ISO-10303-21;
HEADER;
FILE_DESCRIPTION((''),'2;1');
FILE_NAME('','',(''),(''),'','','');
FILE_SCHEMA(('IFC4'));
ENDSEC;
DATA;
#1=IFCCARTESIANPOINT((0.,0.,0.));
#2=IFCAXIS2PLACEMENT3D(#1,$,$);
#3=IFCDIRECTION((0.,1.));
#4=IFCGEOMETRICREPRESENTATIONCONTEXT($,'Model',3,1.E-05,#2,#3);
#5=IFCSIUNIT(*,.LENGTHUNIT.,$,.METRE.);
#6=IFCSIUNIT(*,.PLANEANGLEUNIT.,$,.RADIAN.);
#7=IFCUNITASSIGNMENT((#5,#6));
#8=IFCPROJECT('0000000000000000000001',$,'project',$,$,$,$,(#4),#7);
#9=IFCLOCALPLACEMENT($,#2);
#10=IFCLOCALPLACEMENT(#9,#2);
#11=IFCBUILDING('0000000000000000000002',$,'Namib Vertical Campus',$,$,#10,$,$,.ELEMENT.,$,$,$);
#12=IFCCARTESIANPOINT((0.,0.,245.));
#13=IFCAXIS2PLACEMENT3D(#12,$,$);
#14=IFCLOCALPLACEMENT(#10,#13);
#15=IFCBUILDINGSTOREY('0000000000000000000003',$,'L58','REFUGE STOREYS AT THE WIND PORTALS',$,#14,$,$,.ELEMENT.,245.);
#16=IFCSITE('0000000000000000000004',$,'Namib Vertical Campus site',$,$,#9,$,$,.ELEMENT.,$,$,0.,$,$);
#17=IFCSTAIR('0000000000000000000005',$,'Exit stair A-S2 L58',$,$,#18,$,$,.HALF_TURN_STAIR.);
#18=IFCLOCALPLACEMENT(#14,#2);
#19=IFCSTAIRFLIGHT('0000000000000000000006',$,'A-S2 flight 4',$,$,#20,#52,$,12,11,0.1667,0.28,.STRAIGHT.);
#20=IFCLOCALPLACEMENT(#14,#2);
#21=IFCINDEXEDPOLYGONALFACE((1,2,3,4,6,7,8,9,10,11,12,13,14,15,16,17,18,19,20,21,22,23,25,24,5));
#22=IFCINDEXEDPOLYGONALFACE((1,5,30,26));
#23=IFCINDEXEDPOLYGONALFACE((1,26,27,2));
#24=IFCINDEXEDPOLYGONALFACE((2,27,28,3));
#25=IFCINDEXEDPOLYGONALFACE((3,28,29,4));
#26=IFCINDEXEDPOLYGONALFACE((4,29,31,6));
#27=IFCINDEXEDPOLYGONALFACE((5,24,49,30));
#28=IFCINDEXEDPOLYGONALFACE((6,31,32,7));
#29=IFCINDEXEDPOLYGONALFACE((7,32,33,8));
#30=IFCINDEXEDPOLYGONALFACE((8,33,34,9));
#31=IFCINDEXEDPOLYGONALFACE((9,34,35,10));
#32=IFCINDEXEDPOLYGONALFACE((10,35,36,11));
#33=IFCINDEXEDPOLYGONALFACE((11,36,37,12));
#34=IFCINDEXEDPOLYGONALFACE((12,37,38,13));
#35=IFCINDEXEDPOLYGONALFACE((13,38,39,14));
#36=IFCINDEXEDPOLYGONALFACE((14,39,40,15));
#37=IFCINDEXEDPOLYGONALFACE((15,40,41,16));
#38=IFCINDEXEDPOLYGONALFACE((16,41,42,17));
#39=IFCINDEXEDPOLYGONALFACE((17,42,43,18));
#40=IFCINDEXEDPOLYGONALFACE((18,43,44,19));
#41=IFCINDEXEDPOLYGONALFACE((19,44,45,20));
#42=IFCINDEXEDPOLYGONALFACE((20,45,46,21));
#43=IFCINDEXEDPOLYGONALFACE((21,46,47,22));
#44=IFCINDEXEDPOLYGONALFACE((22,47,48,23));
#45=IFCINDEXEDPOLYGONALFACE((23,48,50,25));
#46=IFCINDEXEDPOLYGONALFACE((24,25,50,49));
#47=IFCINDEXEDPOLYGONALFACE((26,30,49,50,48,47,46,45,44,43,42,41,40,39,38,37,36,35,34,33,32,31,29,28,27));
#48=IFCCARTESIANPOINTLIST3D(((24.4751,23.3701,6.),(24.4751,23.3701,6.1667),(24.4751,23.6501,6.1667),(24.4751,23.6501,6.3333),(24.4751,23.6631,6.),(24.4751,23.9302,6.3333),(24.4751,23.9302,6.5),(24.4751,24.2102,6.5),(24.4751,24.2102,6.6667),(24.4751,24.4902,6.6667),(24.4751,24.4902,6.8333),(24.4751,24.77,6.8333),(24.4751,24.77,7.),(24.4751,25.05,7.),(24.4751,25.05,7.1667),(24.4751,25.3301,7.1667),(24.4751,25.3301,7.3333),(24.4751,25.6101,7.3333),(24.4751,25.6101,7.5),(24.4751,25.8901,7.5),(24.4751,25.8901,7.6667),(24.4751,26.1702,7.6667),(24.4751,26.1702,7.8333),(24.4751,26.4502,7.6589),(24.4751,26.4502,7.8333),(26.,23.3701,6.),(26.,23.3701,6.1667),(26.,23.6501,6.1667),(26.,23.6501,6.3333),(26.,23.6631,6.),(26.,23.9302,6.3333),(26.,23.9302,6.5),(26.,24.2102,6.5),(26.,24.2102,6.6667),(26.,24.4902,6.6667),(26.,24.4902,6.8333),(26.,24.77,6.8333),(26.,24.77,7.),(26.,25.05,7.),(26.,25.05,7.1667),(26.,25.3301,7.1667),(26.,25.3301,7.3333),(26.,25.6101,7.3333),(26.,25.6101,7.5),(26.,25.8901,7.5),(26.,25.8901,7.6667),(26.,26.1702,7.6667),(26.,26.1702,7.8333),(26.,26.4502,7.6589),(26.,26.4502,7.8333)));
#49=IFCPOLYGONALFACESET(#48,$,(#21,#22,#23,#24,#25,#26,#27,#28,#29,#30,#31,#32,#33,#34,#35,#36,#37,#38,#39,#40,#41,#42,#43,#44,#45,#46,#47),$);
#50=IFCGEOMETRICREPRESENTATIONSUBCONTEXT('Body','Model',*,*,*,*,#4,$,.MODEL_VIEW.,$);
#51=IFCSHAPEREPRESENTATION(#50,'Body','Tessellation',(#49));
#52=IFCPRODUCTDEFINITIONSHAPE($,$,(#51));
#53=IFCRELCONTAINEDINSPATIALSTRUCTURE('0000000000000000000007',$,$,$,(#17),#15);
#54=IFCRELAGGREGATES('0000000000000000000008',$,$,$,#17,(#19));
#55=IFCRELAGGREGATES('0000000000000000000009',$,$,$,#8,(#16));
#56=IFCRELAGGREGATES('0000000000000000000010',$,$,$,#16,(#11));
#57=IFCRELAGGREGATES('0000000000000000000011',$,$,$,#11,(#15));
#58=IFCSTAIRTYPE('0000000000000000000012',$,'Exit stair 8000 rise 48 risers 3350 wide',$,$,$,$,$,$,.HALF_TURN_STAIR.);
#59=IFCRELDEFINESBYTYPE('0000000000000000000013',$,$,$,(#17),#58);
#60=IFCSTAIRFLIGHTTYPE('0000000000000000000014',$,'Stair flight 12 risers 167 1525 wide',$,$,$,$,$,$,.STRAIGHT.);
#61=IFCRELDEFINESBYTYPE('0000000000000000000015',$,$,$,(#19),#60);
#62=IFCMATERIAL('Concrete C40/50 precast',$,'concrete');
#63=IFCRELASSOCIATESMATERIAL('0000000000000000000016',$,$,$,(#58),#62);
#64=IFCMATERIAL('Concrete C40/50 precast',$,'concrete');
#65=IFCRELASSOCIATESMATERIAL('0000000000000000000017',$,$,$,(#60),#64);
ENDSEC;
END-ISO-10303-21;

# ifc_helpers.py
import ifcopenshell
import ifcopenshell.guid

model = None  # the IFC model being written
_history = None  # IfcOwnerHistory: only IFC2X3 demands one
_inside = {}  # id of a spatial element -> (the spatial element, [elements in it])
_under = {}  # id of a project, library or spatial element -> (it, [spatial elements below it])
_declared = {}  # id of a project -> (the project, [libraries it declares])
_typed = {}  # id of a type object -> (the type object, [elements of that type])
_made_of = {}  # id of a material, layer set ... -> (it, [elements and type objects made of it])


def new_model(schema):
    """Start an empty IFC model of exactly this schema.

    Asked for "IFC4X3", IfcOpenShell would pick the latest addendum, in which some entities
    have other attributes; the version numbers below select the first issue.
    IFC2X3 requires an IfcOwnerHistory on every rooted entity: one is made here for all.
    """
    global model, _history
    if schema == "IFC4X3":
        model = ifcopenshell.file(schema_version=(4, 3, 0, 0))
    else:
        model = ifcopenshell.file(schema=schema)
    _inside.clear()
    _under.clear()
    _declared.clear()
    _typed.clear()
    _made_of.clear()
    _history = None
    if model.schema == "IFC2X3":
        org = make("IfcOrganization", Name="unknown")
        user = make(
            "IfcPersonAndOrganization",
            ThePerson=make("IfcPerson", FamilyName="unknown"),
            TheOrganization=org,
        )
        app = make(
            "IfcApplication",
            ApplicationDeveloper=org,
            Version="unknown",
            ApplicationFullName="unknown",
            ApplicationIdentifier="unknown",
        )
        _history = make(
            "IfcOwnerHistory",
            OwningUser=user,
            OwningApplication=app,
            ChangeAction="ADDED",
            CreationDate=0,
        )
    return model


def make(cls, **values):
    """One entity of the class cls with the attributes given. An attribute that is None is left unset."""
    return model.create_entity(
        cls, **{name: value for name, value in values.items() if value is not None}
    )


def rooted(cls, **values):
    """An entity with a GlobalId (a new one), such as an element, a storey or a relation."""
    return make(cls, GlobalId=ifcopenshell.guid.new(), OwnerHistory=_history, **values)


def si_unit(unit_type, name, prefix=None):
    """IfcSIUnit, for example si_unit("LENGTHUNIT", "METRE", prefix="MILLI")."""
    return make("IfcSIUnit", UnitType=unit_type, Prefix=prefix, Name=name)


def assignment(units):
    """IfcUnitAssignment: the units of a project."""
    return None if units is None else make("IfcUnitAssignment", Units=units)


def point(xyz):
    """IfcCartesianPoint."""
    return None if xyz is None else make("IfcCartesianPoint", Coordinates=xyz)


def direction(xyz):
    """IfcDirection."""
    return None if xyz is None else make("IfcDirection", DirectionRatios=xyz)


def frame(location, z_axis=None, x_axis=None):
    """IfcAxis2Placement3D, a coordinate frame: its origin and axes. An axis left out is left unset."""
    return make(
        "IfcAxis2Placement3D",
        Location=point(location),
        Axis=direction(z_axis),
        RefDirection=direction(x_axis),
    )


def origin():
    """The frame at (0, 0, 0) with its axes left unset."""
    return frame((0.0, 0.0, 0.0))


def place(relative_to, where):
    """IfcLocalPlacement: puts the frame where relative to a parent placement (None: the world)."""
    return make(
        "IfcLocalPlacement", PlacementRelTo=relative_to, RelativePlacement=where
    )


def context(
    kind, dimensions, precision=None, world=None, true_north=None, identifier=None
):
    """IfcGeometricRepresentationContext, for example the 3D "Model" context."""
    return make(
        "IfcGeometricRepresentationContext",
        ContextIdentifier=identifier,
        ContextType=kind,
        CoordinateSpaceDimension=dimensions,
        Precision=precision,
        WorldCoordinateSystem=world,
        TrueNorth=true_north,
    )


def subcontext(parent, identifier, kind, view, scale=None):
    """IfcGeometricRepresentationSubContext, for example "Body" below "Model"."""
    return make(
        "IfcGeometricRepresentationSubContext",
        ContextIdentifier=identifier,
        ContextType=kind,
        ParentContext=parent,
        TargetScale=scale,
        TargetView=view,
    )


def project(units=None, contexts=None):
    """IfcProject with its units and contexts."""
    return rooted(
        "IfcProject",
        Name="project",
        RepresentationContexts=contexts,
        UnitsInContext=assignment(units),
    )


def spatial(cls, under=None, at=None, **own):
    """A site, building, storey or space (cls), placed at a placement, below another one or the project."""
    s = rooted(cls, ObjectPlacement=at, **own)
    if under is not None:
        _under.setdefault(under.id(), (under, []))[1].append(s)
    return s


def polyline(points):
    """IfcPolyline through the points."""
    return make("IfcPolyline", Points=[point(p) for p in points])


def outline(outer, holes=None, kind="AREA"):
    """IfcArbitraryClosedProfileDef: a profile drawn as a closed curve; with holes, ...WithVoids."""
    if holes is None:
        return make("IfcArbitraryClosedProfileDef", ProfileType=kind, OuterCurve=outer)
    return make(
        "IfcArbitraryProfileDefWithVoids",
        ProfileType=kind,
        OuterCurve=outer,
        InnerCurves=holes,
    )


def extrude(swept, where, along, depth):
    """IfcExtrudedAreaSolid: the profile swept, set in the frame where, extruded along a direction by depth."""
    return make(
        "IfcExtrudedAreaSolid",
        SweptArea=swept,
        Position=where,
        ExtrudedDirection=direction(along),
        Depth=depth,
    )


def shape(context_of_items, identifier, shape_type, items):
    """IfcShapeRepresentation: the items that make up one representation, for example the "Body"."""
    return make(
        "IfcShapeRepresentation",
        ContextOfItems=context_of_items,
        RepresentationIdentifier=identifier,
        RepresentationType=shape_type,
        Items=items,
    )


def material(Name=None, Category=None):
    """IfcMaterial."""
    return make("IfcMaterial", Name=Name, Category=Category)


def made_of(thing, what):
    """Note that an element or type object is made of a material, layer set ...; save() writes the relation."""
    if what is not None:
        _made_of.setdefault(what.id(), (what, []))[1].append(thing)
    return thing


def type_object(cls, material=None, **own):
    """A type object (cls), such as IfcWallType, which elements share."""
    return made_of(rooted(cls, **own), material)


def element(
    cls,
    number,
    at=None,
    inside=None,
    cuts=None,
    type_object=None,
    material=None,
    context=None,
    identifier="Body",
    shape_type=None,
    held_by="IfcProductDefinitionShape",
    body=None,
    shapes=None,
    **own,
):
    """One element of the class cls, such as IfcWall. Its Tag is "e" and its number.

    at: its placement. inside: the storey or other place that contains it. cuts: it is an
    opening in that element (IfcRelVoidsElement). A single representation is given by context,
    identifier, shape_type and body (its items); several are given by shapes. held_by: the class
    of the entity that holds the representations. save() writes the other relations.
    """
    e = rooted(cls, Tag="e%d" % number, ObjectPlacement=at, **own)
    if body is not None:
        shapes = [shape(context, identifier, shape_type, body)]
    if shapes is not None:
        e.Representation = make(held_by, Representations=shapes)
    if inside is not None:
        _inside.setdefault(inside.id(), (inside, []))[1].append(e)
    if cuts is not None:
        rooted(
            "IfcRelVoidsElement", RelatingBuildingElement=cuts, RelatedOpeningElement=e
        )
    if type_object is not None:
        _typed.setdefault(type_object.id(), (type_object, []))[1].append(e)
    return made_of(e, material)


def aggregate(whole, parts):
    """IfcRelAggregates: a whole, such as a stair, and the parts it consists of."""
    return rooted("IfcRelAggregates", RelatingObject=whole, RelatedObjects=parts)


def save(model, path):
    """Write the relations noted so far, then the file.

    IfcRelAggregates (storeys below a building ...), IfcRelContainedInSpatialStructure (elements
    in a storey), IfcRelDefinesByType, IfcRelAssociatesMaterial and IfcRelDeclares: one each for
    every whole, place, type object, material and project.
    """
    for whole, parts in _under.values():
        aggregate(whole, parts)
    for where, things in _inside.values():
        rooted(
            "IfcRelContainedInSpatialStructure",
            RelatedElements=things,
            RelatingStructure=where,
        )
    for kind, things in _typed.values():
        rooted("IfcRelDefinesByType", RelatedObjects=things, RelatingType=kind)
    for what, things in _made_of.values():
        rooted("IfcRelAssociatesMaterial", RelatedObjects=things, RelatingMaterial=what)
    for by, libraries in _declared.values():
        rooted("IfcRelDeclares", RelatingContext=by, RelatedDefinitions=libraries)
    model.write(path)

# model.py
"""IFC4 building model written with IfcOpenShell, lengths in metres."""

from ifc_helpers import new_model, si_unit, direction, frame, origin, place, context, subcontext, project, spatial, polyline, outline, extrude, material, type_object, element, aggregate, save


model = new_model("IFC4")

# Units and contexts
model_context = context("Model", 3, precision=1e-05, world=origin(), true_north=direction((0.0, 1.0)))
body_context = subcontext(model_context, "Body", "Model", "MODEL_VIEW")
ifc_project = project(units=[si_unit("LENGTHUNIT", "METRE"), si_unit("PLANEANGLEUNIT", "RADIAN")], contexts=[model_context])

# Site, building, storey
site_placement = place(None, origin())
site = spatial("IfcSite", under=ifc_project, at=site_placement, Name="Namib Vertical Campus site", CompositionType="ELEMENT", RefElevation=0.0)
building_placement = place(site_placement, origin())
building = spatial("IfcBuilding", under=site, at=building_placement, Name="Namib Vertical Campus", CompositionType="ELEMENT")
storey_placement = place(building_placement, frame((0.0, 0.0, 245.0)))
storey = spatial("IfcBuildingStorey", under=building, at=storey_placement, Name="L58", Description="REFUGE STOREYS AT THE WIND PORTALS", CompositionType="ELEMENT", Elevation=245.0)

# Stair, stair flight
ifc_material_1 = material(Name="Concrete C40/50 precast", Category="concrete")
stair_type = type_object("IfcStairType", Name="Exit stair 8000 rise 48 risers 3350 wide", PredefinedType="HALF_TURN_STAIR", material=ifc_material_1)
stair_placement = place(storey_placement, origin())
stair = element("IfcStair", 1, at=stair_placement, inside=storey, type_object=stair_type, Name="Exit stair A-S2 L58", PredefinedType="HALF_TURN_STAIR")
ifc_material_2 = material(Name="Concrete C40/50 precast", Category="concrete")
stair_flight_type = type_object("IfcStairFlightType", Name="Stair flight 12 risers 167 1525 wide", PredefinedType="STRAIGHT", material=ifc_material_2)
stair_flight_1_placement = place(storey_placement, frame((25.2375, 23.3701, 6.0), z_axis=(0.0, 0.0, 1.0), x_axis=(0.0, 1.0, 0.0)))
stair_flight_1 = element("IfcStairFlight", 2, at=stair_flight_1_placement, type_object=stair_flight_type, Name="A-S2 flight 4", NumberOfRisers=12, NumberOfTreads=11, PredefinedType="STRAIGHT", RiserHeight=0.1667, TreadLength=0.28, context=body_context, shape_type="SweptSolid", body=[
    extrude(outline(polyline([(0.0, 0.0), (0.0, 0.1667), (0.28, 0.1667), (0.28, 0.3333), (0.5601, 0.3333), (0.5601, 0.5), (0.8401, 0.5), (0.8401, 0.6667), (1.1201, 0.6667), (1.1201, 0.8333), (1.3999, 0.8333), (1.3999, 1.0), (1.6799, 1.0), (1.6799, 1.1667), (1.96, 1.1667), (1.96, 1.3333), (2.24, 1.3333), (2.24, 1.5), (2.52, 1.5), (2.52, 1.6667), (2.8, 1.6667), (2.8, 1.8333), (3.0801, 1.8333), (3.0801, 2.0), (3.0801, 1.6589), (0.293, 0.0), (0.0, 0.0)])), frame((0.0, 0.7625, 0.0), z_axis=(0.0, -1.0, 0.0), x_axis=(1.0, 0.0, 0.0)), (0.0, 0.0, 1.0), 1.5249),
])
aggregate(stair, [stair_flight_1])

save(model, "model.ifc")
